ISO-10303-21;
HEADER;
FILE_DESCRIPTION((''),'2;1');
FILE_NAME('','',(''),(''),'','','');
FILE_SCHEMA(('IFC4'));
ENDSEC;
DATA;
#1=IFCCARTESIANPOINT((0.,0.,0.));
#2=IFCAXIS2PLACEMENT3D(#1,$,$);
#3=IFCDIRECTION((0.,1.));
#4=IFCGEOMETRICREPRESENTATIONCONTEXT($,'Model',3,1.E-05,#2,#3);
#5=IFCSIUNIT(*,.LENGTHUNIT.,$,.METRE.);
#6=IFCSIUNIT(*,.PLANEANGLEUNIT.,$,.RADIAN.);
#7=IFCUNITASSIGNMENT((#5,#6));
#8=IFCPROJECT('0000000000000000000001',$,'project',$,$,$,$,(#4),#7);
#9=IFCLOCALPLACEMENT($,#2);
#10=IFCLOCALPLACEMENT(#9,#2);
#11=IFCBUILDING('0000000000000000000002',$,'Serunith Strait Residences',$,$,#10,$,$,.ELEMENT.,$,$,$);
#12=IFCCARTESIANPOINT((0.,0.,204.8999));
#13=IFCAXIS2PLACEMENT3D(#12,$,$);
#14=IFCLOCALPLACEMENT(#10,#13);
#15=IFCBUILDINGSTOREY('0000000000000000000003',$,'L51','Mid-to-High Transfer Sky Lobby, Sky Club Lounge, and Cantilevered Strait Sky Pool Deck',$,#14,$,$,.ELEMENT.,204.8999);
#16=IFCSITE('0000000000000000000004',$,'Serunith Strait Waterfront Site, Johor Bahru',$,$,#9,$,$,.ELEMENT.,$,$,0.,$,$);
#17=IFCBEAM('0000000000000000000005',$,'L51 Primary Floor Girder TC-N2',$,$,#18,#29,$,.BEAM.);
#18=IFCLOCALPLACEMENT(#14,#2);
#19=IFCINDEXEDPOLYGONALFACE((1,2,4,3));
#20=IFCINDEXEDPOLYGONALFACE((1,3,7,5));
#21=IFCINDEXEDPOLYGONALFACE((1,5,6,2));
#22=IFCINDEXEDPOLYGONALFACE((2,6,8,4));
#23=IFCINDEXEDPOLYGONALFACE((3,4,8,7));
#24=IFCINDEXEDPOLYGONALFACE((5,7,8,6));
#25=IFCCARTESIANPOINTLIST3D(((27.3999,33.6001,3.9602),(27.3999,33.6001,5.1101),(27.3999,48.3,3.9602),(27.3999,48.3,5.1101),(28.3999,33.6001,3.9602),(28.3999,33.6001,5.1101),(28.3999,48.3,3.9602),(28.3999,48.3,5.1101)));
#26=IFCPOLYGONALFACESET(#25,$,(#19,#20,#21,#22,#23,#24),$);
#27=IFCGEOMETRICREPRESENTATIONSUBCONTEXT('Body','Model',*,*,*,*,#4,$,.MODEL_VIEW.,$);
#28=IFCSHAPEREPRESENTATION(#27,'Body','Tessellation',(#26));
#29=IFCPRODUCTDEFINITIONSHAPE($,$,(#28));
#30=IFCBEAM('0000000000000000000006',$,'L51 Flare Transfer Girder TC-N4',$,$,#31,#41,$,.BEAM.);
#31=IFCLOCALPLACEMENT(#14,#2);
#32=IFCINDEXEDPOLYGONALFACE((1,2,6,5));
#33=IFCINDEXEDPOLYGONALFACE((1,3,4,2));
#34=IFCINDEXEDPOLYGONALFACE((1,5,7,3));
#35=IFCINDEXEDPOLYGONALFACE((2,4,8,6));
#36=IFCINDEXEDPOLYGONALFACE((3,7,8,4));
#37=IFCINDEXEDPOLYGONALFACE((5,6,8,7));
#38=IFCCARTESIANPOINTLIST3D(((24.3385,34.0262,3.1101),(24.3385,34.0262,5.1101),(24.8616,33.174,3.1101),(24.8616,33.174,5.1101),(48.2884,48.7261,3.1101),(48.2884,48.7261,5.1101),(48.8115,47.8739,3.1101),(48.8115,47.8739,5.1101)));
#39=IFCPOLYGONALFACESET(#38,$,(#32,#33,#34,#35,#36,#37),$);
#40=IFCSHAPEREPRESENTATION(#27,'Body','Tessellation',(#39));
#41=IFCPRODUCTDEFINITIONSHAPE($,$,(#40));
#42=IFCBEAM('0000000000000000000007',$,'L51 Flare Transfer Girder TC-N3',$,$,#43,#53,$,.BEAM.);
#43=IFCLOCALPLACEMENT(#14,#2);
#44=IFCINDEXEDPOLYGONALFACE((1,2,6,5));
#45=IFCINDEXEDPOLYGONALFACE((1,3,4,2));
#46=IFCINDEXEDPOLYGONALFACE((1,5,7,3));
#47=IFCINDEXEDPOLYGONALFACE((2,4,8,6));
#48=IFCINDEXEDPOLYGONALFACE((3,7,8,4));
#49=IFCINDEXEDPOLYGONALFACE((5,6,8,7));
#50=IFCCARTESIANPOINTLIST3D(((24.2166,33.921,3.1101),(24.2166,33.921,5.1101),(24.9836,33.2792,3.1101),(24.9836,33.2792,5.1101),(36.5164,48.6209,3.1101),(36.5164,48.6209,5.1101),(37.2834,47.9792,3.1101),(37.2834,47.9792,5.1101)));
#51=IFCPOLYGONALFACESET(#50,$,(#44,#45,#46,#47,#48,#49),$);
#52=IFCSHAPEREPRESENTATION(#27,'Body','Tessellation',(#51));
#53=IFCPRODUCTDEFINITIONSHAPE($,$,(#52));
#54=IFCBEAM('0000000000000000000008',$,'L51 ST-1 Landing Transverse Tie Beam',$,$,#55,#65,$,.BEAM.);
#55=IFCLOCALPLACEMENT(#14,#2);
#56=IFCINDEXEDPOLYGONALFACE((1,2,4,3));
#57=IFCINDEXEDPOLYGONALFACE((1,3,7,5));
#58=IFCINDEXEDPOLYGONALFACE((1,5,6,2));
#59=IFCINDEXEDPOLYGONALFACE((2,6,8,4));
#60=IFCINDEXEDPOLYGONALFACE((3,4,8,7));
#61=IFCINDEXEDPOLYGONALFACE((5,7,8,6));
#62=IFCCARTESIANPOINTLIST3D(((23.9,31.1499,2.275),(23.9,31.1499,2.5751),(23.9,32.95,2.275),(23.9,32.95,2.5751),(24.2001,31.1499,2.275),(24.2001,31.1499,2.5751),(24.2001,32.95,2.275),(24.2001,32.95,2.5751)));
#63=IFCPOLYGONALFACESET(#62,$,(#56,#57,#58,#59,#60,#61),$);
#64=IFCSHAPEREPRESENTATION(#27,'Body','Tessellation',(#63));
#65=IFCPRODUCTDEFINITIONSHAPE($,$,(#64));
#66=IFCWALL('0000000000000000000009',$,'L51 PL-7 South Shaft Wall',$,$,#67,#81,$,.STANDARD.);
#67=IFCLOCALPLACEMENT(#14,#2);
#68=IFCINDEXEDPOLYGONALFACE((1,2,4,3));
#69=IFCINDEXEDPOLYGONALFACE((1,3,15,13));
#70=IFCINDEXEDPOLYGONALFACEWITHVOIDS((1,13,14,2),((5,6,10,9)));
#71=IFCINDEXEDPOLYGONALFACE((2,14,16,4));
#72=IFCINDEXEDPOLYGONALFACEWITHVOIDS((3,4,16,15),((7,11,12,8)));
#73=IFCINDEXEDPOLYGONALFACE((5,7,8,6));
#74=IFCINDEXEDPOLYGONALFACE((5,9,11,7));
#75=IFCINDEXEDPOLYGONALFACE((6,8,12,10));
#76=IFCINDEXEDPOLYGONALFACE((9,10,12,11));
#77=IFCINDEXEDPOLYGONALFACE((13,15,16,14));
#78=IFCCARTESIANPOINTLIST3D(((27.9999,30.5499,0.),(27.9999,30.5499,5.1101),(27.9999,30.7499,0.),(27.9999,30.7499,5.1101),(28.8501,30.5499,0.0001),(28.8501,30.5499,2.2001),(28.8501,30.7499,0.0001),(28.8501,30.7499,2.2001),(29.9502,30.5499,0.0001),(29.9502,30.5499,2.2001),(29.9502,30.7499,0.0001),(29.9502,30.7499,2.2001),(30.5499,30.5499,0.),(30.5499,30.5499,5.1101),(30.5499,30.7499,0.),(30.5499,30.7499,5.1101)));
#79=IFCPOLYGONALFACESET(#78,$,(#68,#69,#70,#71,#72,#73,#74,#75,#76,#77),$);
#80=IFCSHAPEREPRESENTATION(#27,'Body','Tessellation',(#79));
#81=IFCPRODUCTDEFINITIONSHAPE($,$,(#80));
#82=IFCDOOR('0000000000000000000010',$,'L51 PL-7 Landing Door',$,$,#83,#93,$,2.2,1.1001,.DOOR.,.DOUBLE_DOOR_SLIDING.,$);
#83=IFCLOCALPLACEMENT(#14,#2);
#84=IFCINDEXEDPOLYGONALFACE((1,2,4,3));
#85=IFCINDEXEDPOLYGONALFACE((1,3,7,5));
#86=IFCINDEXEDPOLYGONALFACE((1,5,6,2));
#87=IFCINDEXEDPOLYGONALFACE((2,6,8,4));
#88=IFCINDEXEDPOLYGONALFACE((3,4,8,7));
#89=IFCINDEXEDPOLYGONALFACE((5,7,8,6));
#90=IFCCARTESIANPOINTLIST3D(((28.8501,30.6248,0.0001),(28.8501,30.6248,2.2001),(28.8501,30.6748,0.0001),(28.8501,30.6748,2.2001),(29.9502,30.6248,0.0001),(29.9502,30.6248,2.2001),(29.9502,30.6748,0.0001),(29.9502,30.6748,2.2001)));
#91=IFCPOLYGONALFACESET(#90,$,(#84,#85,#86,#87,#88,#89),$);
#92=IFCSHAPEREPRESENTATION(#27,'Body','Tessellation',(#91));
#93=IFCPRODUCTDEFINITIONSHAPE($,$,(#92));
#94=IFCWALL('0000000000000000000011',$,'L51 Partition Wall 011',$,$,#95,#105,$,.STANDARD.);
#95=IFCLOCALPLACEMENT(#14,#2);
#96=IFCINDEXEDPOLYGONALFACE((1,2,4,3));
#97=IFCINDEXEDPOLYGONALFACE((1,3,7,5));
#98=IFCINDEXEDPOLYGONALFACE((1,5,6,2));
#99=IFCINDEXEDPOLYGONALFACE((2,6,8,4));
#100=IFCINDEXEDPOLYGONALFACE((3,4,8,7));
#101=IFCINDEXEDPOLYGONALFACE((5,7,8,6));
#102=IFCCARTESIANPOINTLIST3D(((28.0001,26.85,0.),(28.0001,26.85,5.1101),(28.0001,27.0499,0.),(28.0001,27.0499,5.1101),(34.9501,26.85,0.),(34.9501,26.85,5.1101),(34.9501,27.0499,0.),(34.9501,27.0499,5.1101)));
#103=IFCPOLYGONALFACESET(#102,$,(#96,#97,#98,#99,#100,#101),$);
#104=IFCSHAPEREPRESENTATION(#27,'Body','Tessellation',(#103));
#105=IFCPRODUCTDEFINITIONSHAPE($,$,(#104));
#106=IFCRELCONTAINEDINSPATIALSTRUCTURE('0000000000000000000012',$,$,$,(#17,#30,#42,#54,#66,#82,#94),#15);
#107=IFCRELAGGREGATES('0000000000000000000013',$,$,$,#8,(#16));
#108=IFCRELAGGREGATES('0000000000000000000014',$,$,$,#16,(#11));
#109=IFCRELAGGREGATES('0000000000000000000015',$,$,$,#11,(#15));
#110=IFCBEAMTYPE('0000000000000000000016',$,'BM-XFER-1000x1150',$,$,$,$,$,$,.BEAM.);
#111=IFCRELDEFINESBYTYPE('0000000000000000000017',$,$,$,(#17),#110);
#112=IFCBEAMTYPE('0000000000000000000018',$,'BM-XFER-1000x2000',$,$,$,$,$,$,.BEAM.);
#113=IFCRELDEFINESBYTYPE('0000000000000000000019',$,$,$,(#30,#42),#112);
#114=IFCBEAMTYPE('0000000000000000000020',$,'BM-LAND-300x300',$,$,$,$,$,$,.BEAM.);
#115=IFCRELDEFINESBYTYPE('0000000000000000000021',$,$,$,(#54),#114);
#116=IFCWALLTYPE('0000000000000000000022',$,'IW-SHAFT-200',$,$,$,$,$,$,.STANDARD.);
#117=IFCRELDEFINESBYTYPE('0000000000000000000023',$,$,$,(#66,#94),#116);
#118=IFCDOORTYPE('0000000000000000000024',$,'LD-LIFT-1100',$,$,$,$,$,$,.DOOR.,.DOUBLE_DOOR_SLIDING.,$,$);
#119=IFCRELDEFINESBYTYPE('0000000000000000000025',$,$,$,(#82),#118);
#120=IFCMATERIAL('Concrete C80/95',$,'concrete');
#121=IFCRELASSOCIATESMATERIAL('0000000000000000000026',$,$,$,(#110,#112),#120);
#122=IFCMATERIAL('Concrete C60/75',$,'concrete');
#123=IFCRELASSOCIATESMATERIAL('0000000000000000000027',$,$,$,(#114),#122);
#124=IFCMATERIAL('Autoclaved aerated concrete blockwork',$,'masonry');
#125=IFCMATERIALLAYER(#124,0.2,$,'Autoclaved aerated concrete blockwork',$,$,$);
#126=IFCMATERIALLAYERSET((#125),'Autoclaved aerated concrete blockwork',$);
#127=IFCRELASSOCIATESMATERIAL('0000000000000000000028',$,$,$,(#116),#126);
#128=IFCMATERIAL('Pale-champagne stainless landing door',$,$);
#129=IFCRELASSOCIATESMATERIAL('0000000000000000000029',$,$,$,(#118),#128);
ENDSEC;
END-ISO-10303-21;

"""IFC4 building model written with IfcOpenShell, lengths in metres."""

from ifc_helpers import new_model, si_unit, direction, frame, frame_2d, origin, origin_2d, place, context, subcontext, project, spatial, rectangle, extrude, source, transform, mapped, material, layer, layer_set, material_profile, profile_set, type_object, element, fill, save


model = new_model("IFC4")

# Units and contexts
model_context = context("Model", 3, precision=1e-05, world=origin(), true_north=direction((0.0, 1.0)))
body_context = subcontext(model_context, "Body", "Model", "MODEL_VIEW")
ifc_project = project(units=[si_unit("LENGTHUNIT", "METRE"), si_unit("PLANEANGLEUNIT", "RADIAN")], contexts=[model_context])

# Site, building, storey
site_placement = place(None, origin())
site = spatial("IfcSite", under=ifc_project, at=site_placement, Name="Serunith Strait Waterfront Site, Johor Bahru", CompositionType="ELEMENT", RefElevation=0.0)
building_placement = place(site_placement, origin())
building = spatial("IfcBuilding", under=site, at=building_placement, Name="Serunith Strait Residences", CompositionType="ELEMENT")
storey_placement = place(building_placement, frame((0.0, 0.0, 204.8999)))
storey = spatial("IfcBuildingStorey", under=building, at=storey_placement, Name="L51", Description="Mid-to-High Transfer Sky Lobby, Sky Club Lounge, and Cantilevered Strait Sky Pool Deck", CompositionType="ELEMENT", Elevation=204.8999)

# Beams
ifc_material_1 = material(Name="Concrete C80/95", Category="concrete")
ifc_material_profile_1 = material_profile(ifc_material_1, rectangle(XDim=1.0, YDim=1.1499, at=origin_2d()), Name="RC 1000x1150")
ifc_profile_set_1 = profile_set([ifc_material_profile_1], Name="Concrete C80/95")
beam_type_1 = type_object("IfcBeamType", Name="BM-XFER-1000x1150", PredefinedType="BEAM", material=ifc_profile_set_1)
shared_shape_1 = source(origin(), body_context, "Body", "SweptSolid", [
    extrude(rectangle(XDim=1.0, YDim=1.1499, at=origin_2d()), origin(), (0.0, 0.0, 1.0), 14.7),
])
beam_1_placement = place(storey_placement, frame((27.8999, 33.6001, 4.5352), z_axis=(0.0, 1.0, 0.0), x_axis=(-1.0, 0.0, 0.0)))
element("IfcBeam", 1, at=beam_1_placement, inside=storey, type_object=beam_type_1, Name="L51 Primary Floor Girder TC-N2", PredefinedType="BEAM", context=body_context, shape_type="MappedRepresentation", body=[
    mapped(shared_shape_1, transform((0.0, 0.0, 0.0), scale=1.0)),
])
ifc_material_profile_2 = material_profile(ifc_material_1, rectangle(XDim=1.0, YDim=2.0, at=origin_2d()), Name="RC 1000x2000")
ifc_profile_set_2 = profile_set([ifc_material_profile_2], Name="Concrete C80/95")
beam_type_2 = type_object("IfcBeamType", Name="BM-XFER-1000x2000", PredefinedType="BEAM", material=ifc_profile_set_2)
shared_shape_2 = source(origin(), body_context, "Body", "SweptSolid", [
    extrude(rectangle(XDim=1.0, YDim=2.0, at=origin_2d()), origin(), (0.0, 0.0, 1.0), 28.1013),
])
beam_2_placement = place(storey_placement, frame((24.6001, 33.6001, 4.1101), z_axis=(0.852269, 0.523104, 0.0), x_axis=(-0.523104, 0.852269, 0.0)))
element("IfcBeam", 2, at=beam_2_placement, inside=storey, type_object=beam_type_2, Name="L51 Flare Transfer Girder TC-N4", PredefinedType="BEAM", context=body_context, shape_type="MappedRepresentation", body=[
    mapped(shared_shape_2, transform((0.0, 0.0, 0.0), scale=1.0)),
])
shared_shape_3 = source(origin(), body_context, "Body", "SweptSolid", [
    extrude(rectangle(XDim=1.0, YDim=2.0, at=origin_2d()), origin(), (0.0, 0.0, 1.0), 19.167),
])
beam_3_placement = place(storey_placement, frame((24.6001, 33.6001, 4.1101), z_axis=(0.641718, 0.766941, 0.0), x_axis=(-0.766941, 0.641718, 0.0)))
element("IfcBeam", 3, at=beam_3_placement, inside=storey, type_object=beam_type_2, Name="L51 Flare Transfer Girder TC-N3", PredefinedType="BEAM", context=body_context, shape_type="MappedRepresentation", body=[
    mapped(shared_shape_3, transform((0.0, 0.0, 0.0), scale=1.0)),
])
ifc_material_2 = material(Name="Concrete C60/75", Category="concrete")
ifc_material_profile_3 = material_profile(ifc_material_2, rectangle(XDim=0.3, YDim=0.3, at=origin_2d()), Name="RC 300x300")
ifc_profile_set_3 = profile_set([ifc_material_profile_3], Name="Concrete C60/75")
beam_type_3 = type_object("IfcBeamType", Name="BM-LAND-300x300", PredefinedType="BEAM", material=ifc_profile_set_3)
shared_shape_4 = source(origin(), body_context, "Body", "SweptSolid", [
    extrude(rectangle(XDim=0.3, YDim=0.3, at=origin_2d()), origin(), (0.0, 0.0, 1.0), 1.8),
])
beam_4_placement = place(storey_placement, frame((24.05, 31.1499, 2.425), z_axis=(0.0, 1.0, 0.0), x_axis=(-1.0, 0.0, 0.0)))
element("IfcBeam", 4, at=beam_4_placement, inside=storey, type_object=beam_type_3, Name="L51 ST-1 Landing Transverse Tie Beam", PredefinedType="BEAM", context=body_context, shape_type="MappedRepresentation", body=[
    mapped(shared_shape_4, transform((0.0, 0.0, 0.0), scale=1.0)),
])

# Wall, opening, door
ifc_material_3 = material(Name="Autoclaved aerated concrete blockwork", Category="masonry")
ifc_layer = layer(ifc_material_3, 0.2, Name="Autoclaved aerated concrete blockwork")
ifc_layer_set = layer_set([ifc_layer], Name="Autoclaved aerated concrete blockwork")
wall_type = type_object("IfcWallType", Name="IW-SHAFT-200", PredefinedType="STANDARD", material=ifc_layer_set)
wall_1_placement = place(storey_placement, frame((28.0, 30.6499, 0.0), z_axis=(0.0, 0.0, 1.0), x_axis=(1.0, 0.0, 0.0)))
wall_1 = element("IfcWall", 5, at=wall_1_placement, inside=storey, type_object=wall_type, Name="L51 PL-7 South Shaft Wall", PredefinedType="STANDARD", context=body_context, shape_type="SweptSolid", body=[
    extrude(rectangle(XDim=2.55, YDim=0.2, at=frame_2d((1.2749, 0.0))), origin(), (0.0, 0.0, 1.0), 5.1101),
])
opening_placement = place(wall_1_placement, frame((0.8501, 0.0, 0.0)))
opening = element("IfcOpeningElement", 6, at=opening_placement, cuts=wall_1, PredefinedType="OPENING", context=body_context, shape_type="SweptSolid", body=[
    extrude(rectangle(XDim=1.1001, YDim=2.2, at=frame_2d((0.55, 1.1001))), frame((0.0, 0.1099, 0.0), z_axis=(0.0, -1.0, 0.0), x_axis=(1.0, 0.0, 0.0)), (0.0, 0.0, 1.0), 0.22),
])
ifc_material_4 = material(Name="Pale-champagne stainless landing door")
door_type = type_object("IfcDoorType", Name="LD-LIFT-1100", OperationType="DOUBLE_DOOR_SLIDING", PredefinedType="DOOR", material=ifc_material_4)
shared_shape_5 = source(origin(), body_context, "Body", "SweptSolid", [
    extrude(rectangle(XDim=1.1001, YDim=2.2, at=frame_2d((0.55, 1.1001))), frame((0.0, 0.0249, 0.0), z_axis=(0.0, -1.0, 0.0), x_axis=(1.0, 0.0, 0.0)), (0.0, 0.0, 1.0), 0.05),
])
door_placement = place(opening_placement, origin())
door = element("IfcDoor", 7, at=door_placement, inside=storey, type_object=door_type, Name="L51 PL-7 Landing Door", OperationType="DOUBLE_DOOR_SLIDING", OverallHeight=2.2, OverallWidth=1.1001, PredefinedType="DOOR", context=body_context, shape_type="MappedRepresentation", body=[
    mapped(shared_shape_5, transform((0.0, 0.0, 0.0), scale=1.0)),
])
fill(opening, door)

# Wall
wall_2_placement = place(storey_placement, frame((28.0, 26.95, 0.0), z_axis=(0.0, 0.0, 1.0), x_axis=(1.0, 0.0, 0.0)))
element("IfcWall", 8, at=wall_2_placement, inside=storey, type_object=wall_type, Name="L51 Partition Wall 011", PredefinedType="STANDARD", context=body_context, shape_type="SweptSolid", body=[
    extrude(rectangle(XDim=6.95, YDim=0.2, at=frame_2d((3.4751, 0.0))), origin(), (0.0, 0.0, 1.0), 5.1101),
])

save(model, "model.ifc")
